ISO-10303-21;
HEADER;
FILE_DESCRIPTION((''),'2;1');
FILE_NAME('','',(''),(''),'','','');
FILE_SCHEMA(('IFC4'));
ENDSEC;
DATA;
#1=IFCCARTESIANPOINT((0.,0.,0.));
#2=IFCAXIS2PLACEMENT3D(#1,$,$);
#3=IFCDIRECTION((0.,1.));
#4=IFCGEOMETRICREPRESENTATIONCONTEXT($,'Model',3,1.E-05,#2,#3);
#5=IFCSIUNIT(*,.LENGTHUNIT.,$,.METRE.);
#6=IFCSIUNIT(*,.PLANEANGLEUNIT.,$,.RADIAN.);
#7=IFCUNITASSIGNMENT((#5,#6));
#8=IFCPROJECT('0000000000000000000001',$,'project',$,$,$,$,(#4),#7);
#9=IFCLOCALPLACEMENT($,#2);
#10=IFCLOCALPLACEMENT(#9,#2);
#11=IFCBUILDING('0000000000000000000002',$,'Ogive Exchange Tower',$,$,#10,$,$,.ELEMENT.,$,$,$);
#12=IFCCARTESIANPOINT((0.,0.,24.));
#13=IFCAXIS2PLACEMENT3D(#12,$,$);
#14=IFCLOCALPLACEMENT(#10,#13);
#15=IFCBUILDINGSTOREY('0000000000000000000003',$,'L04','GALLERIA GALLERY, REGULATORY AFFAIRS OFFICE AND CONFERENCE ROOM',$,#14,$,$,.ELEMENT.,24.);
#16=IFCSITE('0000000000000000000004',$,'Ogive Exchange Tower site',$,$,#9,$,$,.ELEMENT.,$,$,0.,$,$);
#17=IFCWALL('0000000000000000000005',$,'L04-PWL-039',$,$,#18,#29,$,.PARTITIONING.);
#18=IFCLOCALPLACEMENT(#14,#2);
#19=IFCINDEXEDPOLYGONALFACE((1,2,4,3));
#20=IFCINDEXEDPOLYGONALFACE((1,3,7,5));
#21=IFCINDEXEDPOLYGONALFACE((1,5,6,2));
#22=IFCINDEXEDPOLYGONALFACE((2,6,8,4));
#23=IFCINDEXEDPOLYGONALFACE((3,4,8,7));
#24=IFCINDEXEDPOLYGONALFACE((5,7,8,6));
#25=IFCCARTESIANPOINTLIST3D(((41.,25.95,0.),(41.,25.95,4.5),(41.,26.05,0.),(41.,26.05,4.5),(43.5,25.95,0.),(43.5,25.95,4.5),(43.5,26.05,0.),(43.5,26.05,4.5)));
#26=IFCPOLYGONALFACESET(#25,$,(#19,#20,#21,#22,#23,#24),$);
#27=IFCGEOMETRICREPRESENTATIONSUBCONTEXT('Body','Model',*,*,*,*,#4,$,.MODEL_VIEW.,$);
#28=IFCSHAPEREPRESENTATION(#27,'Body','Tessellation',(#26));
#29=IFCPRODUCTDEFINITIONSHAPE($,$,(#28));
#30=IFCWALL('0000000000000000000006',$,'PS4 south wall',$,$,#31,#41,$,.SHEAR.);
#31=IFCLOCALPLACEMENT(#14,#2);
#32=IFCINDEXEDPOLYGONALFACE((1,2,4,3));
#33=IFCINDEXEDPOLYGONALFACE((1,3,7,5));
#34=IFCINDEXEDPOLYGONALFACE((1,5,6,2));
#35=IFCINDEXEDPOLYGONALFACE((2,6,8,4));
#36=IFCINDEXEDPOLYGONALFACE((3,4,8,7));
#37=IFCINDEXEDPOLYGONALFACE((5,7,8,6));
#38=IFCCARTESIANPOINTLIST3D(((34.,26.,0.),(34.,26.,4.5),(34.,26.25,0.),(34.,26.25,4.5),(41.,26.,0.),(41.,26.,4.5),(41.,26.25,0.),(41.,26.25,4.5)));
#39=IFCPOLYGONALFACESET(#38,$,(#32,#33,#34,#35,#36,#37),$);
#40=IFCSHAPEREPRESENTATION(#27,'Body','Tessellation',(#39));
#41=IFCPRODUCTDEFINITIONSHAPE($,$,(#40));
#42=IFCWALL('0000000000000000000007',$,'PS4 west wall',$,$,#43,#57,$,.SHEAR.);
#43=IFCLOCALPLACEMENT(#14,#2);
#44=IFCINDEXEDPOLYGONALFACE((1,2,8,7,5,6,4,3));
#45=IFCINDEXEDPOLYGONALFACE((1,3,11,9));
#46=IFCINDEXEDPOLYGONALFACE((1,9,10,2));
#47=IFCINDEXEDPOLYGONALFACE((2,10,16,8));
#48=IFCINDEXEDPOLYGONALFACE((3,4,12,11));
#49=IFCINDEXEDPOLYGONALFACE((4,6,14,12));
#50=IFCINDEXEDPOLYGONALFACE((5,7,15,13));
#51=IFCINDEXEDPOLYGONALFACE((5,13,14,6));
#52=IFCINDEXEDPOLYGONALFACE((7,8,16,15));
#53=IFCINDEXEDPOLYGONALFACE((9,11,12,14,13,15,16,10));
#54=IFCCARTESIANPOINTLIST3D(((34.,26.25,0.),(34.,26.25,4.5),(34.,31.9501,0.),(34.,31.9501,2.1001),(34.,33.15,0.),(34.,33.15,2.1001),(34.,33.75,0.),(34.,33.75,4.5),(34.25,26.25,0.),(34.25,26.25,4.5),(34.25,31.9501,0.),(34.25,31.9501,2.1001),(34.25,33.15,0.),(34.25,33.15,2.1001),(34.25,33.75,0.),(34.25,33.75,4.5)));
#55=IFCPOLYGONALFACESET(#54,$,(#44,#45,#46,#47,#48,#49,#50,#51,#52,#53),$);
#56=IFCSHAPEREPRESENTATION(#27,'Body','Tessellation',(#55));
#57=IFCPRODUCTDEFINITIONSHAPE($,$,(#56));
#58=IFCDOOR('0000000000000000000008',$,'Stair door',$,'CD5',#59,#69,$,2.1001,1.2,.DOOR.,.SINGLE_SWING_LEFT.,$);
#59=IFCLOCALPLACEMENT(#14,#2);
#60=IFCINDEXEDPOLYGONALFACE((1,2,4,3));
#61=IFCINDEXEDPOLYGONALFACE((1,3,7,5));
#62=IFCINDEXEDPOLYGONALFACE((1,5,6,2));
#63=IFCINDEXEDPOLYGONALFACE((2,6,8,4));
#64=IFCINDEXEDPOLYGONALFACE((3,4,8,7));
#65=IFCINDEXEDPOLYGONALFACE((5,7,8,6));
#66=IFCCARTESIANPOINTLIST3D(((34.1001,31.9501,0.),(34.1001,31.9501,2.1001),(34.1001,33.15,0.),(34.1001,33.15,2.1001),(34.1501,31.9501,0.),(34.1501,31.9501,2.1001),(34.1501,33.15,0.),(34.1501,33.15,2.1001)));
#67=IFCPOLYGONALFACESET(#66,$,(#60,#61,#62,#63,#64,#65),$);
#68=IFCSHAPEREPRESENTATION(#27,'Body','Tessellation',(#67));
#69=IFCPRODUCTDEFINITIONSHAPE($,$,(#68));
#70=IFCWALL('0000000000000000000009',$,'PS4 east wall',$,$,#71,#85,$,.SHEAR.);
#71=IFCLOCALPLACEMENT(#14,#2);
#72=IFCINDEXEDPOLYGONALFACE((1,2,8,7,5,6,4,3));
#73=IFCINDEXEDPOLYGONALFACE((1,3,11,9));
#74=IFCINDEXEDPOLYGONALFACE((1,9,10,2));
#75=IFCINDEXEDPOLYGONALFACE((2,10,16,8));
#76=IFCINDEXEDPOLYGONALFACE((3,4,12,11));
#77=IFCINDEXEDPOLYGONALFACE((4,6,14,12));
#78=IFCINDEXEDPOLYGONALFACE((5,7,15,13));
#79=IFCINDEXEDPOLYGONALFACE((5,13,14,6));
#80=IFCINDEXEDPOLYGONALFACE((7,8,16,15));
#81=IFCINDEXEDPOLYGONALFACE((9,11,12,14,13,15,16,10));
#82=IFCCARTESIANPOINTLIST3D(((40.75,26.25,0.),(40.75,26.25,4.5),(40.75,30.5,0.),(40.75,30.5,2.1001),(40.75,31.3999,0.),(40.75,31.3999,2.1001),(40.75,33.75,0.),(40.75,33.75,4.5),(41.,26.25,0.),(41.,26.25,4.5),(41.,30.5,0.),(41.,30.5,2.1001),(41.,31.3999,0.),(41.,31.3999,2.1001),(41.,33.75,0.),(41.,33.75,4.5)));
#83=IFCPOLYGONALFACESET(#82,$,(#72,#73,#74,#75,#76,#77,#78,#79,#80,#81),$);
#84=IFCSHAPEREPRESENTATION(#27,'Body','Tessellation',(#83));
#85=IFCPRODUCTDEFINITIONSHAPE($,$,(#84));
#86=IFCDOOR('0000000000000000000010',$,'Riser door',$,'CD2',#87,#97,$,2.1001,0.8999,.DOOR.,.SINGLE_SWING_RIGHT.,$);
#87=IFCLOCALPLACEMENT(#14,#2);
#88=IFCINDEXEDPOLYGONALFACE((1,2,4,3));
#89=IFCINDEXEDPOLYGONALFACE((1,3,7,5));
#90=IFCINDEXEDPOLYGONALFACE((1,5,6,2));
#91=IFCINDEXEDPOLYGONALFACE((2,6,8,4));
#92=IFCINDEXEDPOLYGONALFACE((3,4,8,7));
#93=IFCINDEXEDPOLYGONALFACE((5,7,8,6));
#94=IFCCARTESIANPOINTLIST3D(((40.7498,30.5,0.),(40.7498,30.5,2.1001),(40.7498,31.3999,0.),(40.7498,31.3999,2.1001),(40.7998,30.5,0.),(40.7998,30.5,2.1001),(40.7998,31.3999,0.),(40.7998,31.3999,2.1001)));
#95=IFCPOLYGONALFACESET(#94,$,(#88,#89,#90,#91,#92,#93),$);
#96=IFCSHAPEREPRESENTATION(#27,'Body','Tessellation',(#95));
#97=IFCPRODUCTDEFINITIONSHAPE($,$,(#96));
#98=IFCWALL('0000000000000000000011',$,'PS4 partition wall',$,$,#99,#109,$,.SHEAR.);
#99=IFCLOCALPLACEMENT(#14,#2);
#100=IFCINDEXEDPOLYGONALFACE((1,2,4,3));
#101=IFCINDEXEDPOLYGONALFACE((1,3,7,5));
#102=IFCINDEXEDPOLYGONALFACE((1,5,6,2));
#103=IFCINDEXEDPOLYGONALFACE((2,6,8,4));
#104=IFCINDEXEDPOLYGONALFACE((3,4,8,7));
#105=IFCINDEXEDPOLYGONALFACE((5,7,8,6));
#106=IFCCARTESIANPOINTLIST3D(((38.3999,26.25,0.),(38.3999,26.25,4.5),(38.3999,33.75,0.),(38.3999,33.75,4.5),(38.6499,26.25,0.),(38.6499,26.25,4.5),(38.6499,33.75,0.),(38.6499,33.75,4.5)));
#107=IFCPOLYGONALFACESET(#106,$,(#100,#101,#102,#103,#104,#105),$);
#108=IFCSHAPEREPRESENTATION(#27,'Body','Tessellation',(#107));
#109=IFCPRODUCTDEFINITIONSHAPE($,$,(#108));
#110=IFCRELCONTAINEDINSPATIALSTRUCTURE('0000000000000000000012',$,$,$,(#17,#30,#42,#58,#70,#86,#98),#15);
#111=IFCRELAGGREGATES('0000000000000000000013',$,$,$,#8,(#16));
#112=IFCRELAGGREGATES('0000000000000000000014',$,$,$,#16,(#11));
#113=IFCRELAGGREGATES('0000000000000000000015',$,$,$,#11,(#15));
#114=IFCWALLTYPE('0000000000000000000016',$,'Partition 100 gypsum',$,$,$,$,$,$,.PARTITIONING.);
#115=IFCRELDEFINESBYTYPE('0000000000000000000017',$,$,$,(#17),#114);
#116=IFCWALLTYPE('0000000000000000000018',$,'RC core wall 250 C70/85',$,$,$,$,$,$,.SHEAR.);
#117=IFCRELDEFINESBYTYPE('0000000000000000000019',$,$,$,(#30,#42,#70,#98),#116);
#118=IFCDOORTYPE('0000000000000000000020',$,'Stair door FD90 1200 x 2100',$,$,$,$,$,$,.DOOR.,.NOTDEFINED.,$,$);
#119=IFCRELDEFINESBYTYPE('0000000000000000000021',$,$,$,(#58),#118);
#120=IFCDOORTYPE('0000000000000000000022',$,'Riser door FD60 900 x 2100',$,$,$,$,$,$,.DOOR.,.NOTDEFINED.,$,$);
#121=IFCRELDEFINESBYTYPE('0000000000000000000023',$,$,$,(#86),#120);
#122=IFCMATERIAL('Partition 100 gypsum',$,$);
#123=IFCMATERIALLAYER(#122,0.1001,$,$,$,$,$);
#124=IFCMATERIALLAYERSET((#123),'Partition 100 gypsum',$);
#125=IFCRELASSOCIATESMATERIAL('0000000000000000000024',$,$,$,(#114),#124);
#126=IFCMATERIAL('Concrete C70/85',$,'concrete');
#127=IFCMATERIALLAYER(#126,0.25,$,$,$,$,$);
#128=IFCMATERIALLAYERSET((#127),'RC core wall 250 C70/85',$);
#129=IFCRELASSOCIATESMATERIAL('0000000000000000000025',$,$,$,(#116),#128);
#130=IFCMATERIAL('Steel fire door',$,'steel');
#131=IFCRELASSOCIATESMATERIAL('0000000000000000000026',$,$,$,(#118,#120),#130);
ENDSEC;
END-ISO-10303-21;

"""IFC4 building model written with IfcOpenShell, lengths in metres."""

from ifc_helpers import new_model, si_unit, direction, frame, frame_2d, origin, place, context, subcontext, project, spatial, rectangle, extrude, material, layer, layer_set, type_object, element, fill, save


model = new_model("IFC4")

# Units and contexts
model_context = context("Model", 3, precision=1e-05, world=origin(), true_north=direction((0.0, 1.0)))
body_context = subcontext(model_context, "Body", "Model", "MODEL_VIEW")
ifc_project = project(units=[si_unit("LENGTHUNIT", "METRE"), si_unit("PLANEANGLEUNIT", "RADIAN")], contexts=[model_context])

# Site, building, storey
site_placement = place(None, origin())
site = spatial("IfcSite", under=ifc_project, at=site_placement, Name="Ogive Exchange Tower site", CompositionType="ELEMENT", RefElevation=0.0)
building_placement = place(site_placement, origin())
building = spatial("IfcBuilding", under=site, at=building_placement, Name="Ogive Exchange Tower", CompositionType="ELEMENT")
storey_placement = place(building_placement, frame((0.0, 0.0, 24.0)))
storey = spatial("IfcBuildingStorey", under=building, at=storey_placement, Name="L04", Description="GALLERIA GALLERY, REGULATORY AFFAIRS OFFICE AND CONFERENCE ROOM", CompositionType="ELEMENT", Elevation=24.0)

# Shared definitions
ifc_material_1 = material(Name="Concrete C70/85", Category="concrete")

# Walls
ifc_material_2 = material(Name="Partition 100 gypsum")
ifc_layer_1 = layer(ifc_material_2, 0.1001)
ifc_layer_set_1 = layer_set([ifc_layer_1], Name="Partition 100 gypsum")
wall_type_1 = type_object("IfcWallType", Name="Partition 100 gypsum", PredefinedType="PARTITIONING", material=ifc_layer_set_1)
wall_1_placement = place(storey_placement, frame((41.0, 26.0, 0.0), z_axis=(0.0, 0.0, 1.0), x_axis=(1.0, 0.0, 0.0)))
element("IfcWall", 1, at=wall_1_placement, inside=storey, type_object=wall_type_1, Name="L04-PWL-039", PredefinedType="PARTITIONING", context=body_context, shape_type="SweptSolid", body=[
    extrude(rectangle(XDim=2.5, YDim=0.1001, at=frame_2d((1.25, 0.0))), origin(), (0.0, 0.0, 1.0), 4.5),
])
ifc_layer_2 = layer(ifc_material_1, 0.25)
ifc_layer_set_2 = layer_set([ifc_layer_2], Name="RC core wall 250 C70/85")
wall_type_2 = type_object("IfcWallType", Name="RC core wall 250 C70/85", PredefinedType="SHEAR", material=ifc_layer_set_2)
wall_2_placement = place(storey_placement, frame((34.0, 26.125, 0.0), z_axis=(0.0, 0.0, 1.0), x_axis=(1.0, 0.0, 0.0)))
element("IfcWall", 2, at=wall_2_placement, inside=storey, type_object=wall_type_2, Name="PS4 south wall", PredefinedType="SHEAR", context=body_context, shape_type="SweptSolid", body=[
    extrude(rectangle(XDim=7.0, YDim=0.25, at=frame_2d((3.5, 0.0))), origin(), (0.0, 0.0, 1.0), 4.5),
])

# Walls, openings, doors
wall_3_placement = place(storey_placement, frame((34.125, 26.25, 0.0), z_axis=(0.0, 0.0, 1.0), x_axis=(0.0, 1.0, 0.0)))
wall_3 = element("IfcWall", 3, at=wall_3_placement, inside=storey, type_object=wall_type_2, Name="PS4 west wall", PredefinedType="SHEAR", context=body_context, shape_type="SweptSolid", body=[
    extrude(rectangle(XDim=7.5, YDim=0.25, at=frame_2d((3.75, 0.0))), origin(), (0.0, 0.0, 1.0), 4.5),
])
opening_1_placement = place(wall_3_placement, frame((5.7, 0.0, 0.0)))
opening_1 = element("IfcOpeningElement", 4, at=opening_1_placement, cuts=wall_3, PredefinedType="OPENING", context=body_context, shape_type="SweptSolid", body=[
    extrude(rectangle(XDim=1.2, YDim=2.1001, at=frame_2d((0.6001, 1.05))), frame((0.0, 0.135, 0.0), z_axis=(0.0, -1.0, 0.0), x_axis=(1.0, 0.0, 0.0)), (0.0, 0.0, 1.0), 0.27),
])
ifc_material_3 = material(Name="Steel fire door", Category="steel")
door_type_1 = type_object("IfcDoorType", Name="Stair door FD90 1200 x 2100", OperationType="NOTDEFINED", PredefinedType="DOOR", material=ifc_material_3)
door_1_placement = place(opening_1_placement, origin())
door_1 = element("IfcDoor", 5, at=door_1_placement, inside=storey, type_object=door_type_1, Name="Stair door", ObjectType="CD5", OperationType="SINGLE_SWING_LEFT", OverallHeight=2.1001, OverallWidth=1.2, PredefinedType="DOOR", context=body_context, shape_type="SweptSolid", body=[
    extrude(rectangle(XDim=1.2, YDim=2.1001, at=frame_2d((0.6001, 1.05))), frame((0.0, 0.0249, 0.0), z_axis=(0.0, -1.0, 0.0), x_axis=(1.0, 0.0, 0.0)), (0.0, 0.0, 1.0), 0.05),
])
fill(opening_1, door_1)
wall_4_placement = place(storey_placement, frame((40.875, 26.25, 0.0), z_axis=(0.0, 0.0, 1.0), x_axis=(0.0, 1.0, 0.0)))
wall_4 = element("IfcWall", 6, at=wall_4_placement, inside=storey, type_object=wall_type_2, Name="PS4 east wall", PredefinedType="SHEAR", context=body_context, shape_type="SweptSolid", body=[
    extrude(rectangle(XDim=7.5, YDim=0.25, at=frame_2d((3.75, 0.0))), origin(), (0.0, 0.0, 1.0), 4.5),
])
opening_2_placement = place(wall_4_placement, frame((4.25, 0.0, 0.0)))
opening_2 = element("IfcOpeningElement", 7, at=opening_2_placement, cuts=wall_4, PredefinedType="OPENING", context=body_context, shape_type="SweptSolid", body=[
    extrude(rectangle(XDim=0.8999, YDim=2.1001, at=frame_2d((0.45, 1.05))), frame((0.0, 0.135, 0.0), z_axis=(0.0, -1.0, 0.0), x_axis=(1.0, 0.0, 0.0)), (0.0, 0.0, 1.0), 0.27),
])
door_type_2 = type_object("IfcDoorType", Name="Riser door FD60 900 x 2100", OperationType="NOTDEFINED", PredefinedType="DOOR", material=ifc_material_3)
door_2_placement = place(opening_2_placement, frame((0.8999, 0.2002, 0.0), z_axis=(0.0, 0.0, 1.0), x_axis=(-1.0, 0.0, 0.0)))
door_2 = element("IfcDoor", 8, at=door_2_placement, inside=storey, type_object=door_type_2, Name="Riser door", ObjectType="CD2", OperationType="SINGLE_SWING_RIGHT", OverallHeight=2.1001, OverallWidth=0.8999, PredefinedType="DOOR", context=body_context, shape_type="SweptSolid", body=[
    extrude(rectangle(XDim=0.8999, YDim=2.1001, at=frame_2d((0.45, 1.05))), frame((0.0, 0.125, 0.0), z_axis=(0.0, -1.0, 0.0), x_axis=(1.0, 0.0, 0.0)), (0.0, 0.0, 1.0), 0.05),
])
fill(opening_2, door_2)

# Wall
wall_5_placement = place(storey_placement, frame((38.5249, 26.25, 0.0), z_axis=(0.0, 0.0, 1.0), x_axis=(0.0, 1.0, 0.0)))
element("IfcWall", 9, at=wall_5_placement, inside=storey, type_object=wall_type_2, Name="PS4 partition wall", PredefinedType="SHEAR", context=body_context, shape_type="SweptSolid", body=[
    extrude(rectangle(XDim=7.5, YDim=0.25, at=frame_2d((3.75, 0.0))), origin(), (0.0, 0.0, 1.0), 4.5),
])

save(model, "model.ifc")
